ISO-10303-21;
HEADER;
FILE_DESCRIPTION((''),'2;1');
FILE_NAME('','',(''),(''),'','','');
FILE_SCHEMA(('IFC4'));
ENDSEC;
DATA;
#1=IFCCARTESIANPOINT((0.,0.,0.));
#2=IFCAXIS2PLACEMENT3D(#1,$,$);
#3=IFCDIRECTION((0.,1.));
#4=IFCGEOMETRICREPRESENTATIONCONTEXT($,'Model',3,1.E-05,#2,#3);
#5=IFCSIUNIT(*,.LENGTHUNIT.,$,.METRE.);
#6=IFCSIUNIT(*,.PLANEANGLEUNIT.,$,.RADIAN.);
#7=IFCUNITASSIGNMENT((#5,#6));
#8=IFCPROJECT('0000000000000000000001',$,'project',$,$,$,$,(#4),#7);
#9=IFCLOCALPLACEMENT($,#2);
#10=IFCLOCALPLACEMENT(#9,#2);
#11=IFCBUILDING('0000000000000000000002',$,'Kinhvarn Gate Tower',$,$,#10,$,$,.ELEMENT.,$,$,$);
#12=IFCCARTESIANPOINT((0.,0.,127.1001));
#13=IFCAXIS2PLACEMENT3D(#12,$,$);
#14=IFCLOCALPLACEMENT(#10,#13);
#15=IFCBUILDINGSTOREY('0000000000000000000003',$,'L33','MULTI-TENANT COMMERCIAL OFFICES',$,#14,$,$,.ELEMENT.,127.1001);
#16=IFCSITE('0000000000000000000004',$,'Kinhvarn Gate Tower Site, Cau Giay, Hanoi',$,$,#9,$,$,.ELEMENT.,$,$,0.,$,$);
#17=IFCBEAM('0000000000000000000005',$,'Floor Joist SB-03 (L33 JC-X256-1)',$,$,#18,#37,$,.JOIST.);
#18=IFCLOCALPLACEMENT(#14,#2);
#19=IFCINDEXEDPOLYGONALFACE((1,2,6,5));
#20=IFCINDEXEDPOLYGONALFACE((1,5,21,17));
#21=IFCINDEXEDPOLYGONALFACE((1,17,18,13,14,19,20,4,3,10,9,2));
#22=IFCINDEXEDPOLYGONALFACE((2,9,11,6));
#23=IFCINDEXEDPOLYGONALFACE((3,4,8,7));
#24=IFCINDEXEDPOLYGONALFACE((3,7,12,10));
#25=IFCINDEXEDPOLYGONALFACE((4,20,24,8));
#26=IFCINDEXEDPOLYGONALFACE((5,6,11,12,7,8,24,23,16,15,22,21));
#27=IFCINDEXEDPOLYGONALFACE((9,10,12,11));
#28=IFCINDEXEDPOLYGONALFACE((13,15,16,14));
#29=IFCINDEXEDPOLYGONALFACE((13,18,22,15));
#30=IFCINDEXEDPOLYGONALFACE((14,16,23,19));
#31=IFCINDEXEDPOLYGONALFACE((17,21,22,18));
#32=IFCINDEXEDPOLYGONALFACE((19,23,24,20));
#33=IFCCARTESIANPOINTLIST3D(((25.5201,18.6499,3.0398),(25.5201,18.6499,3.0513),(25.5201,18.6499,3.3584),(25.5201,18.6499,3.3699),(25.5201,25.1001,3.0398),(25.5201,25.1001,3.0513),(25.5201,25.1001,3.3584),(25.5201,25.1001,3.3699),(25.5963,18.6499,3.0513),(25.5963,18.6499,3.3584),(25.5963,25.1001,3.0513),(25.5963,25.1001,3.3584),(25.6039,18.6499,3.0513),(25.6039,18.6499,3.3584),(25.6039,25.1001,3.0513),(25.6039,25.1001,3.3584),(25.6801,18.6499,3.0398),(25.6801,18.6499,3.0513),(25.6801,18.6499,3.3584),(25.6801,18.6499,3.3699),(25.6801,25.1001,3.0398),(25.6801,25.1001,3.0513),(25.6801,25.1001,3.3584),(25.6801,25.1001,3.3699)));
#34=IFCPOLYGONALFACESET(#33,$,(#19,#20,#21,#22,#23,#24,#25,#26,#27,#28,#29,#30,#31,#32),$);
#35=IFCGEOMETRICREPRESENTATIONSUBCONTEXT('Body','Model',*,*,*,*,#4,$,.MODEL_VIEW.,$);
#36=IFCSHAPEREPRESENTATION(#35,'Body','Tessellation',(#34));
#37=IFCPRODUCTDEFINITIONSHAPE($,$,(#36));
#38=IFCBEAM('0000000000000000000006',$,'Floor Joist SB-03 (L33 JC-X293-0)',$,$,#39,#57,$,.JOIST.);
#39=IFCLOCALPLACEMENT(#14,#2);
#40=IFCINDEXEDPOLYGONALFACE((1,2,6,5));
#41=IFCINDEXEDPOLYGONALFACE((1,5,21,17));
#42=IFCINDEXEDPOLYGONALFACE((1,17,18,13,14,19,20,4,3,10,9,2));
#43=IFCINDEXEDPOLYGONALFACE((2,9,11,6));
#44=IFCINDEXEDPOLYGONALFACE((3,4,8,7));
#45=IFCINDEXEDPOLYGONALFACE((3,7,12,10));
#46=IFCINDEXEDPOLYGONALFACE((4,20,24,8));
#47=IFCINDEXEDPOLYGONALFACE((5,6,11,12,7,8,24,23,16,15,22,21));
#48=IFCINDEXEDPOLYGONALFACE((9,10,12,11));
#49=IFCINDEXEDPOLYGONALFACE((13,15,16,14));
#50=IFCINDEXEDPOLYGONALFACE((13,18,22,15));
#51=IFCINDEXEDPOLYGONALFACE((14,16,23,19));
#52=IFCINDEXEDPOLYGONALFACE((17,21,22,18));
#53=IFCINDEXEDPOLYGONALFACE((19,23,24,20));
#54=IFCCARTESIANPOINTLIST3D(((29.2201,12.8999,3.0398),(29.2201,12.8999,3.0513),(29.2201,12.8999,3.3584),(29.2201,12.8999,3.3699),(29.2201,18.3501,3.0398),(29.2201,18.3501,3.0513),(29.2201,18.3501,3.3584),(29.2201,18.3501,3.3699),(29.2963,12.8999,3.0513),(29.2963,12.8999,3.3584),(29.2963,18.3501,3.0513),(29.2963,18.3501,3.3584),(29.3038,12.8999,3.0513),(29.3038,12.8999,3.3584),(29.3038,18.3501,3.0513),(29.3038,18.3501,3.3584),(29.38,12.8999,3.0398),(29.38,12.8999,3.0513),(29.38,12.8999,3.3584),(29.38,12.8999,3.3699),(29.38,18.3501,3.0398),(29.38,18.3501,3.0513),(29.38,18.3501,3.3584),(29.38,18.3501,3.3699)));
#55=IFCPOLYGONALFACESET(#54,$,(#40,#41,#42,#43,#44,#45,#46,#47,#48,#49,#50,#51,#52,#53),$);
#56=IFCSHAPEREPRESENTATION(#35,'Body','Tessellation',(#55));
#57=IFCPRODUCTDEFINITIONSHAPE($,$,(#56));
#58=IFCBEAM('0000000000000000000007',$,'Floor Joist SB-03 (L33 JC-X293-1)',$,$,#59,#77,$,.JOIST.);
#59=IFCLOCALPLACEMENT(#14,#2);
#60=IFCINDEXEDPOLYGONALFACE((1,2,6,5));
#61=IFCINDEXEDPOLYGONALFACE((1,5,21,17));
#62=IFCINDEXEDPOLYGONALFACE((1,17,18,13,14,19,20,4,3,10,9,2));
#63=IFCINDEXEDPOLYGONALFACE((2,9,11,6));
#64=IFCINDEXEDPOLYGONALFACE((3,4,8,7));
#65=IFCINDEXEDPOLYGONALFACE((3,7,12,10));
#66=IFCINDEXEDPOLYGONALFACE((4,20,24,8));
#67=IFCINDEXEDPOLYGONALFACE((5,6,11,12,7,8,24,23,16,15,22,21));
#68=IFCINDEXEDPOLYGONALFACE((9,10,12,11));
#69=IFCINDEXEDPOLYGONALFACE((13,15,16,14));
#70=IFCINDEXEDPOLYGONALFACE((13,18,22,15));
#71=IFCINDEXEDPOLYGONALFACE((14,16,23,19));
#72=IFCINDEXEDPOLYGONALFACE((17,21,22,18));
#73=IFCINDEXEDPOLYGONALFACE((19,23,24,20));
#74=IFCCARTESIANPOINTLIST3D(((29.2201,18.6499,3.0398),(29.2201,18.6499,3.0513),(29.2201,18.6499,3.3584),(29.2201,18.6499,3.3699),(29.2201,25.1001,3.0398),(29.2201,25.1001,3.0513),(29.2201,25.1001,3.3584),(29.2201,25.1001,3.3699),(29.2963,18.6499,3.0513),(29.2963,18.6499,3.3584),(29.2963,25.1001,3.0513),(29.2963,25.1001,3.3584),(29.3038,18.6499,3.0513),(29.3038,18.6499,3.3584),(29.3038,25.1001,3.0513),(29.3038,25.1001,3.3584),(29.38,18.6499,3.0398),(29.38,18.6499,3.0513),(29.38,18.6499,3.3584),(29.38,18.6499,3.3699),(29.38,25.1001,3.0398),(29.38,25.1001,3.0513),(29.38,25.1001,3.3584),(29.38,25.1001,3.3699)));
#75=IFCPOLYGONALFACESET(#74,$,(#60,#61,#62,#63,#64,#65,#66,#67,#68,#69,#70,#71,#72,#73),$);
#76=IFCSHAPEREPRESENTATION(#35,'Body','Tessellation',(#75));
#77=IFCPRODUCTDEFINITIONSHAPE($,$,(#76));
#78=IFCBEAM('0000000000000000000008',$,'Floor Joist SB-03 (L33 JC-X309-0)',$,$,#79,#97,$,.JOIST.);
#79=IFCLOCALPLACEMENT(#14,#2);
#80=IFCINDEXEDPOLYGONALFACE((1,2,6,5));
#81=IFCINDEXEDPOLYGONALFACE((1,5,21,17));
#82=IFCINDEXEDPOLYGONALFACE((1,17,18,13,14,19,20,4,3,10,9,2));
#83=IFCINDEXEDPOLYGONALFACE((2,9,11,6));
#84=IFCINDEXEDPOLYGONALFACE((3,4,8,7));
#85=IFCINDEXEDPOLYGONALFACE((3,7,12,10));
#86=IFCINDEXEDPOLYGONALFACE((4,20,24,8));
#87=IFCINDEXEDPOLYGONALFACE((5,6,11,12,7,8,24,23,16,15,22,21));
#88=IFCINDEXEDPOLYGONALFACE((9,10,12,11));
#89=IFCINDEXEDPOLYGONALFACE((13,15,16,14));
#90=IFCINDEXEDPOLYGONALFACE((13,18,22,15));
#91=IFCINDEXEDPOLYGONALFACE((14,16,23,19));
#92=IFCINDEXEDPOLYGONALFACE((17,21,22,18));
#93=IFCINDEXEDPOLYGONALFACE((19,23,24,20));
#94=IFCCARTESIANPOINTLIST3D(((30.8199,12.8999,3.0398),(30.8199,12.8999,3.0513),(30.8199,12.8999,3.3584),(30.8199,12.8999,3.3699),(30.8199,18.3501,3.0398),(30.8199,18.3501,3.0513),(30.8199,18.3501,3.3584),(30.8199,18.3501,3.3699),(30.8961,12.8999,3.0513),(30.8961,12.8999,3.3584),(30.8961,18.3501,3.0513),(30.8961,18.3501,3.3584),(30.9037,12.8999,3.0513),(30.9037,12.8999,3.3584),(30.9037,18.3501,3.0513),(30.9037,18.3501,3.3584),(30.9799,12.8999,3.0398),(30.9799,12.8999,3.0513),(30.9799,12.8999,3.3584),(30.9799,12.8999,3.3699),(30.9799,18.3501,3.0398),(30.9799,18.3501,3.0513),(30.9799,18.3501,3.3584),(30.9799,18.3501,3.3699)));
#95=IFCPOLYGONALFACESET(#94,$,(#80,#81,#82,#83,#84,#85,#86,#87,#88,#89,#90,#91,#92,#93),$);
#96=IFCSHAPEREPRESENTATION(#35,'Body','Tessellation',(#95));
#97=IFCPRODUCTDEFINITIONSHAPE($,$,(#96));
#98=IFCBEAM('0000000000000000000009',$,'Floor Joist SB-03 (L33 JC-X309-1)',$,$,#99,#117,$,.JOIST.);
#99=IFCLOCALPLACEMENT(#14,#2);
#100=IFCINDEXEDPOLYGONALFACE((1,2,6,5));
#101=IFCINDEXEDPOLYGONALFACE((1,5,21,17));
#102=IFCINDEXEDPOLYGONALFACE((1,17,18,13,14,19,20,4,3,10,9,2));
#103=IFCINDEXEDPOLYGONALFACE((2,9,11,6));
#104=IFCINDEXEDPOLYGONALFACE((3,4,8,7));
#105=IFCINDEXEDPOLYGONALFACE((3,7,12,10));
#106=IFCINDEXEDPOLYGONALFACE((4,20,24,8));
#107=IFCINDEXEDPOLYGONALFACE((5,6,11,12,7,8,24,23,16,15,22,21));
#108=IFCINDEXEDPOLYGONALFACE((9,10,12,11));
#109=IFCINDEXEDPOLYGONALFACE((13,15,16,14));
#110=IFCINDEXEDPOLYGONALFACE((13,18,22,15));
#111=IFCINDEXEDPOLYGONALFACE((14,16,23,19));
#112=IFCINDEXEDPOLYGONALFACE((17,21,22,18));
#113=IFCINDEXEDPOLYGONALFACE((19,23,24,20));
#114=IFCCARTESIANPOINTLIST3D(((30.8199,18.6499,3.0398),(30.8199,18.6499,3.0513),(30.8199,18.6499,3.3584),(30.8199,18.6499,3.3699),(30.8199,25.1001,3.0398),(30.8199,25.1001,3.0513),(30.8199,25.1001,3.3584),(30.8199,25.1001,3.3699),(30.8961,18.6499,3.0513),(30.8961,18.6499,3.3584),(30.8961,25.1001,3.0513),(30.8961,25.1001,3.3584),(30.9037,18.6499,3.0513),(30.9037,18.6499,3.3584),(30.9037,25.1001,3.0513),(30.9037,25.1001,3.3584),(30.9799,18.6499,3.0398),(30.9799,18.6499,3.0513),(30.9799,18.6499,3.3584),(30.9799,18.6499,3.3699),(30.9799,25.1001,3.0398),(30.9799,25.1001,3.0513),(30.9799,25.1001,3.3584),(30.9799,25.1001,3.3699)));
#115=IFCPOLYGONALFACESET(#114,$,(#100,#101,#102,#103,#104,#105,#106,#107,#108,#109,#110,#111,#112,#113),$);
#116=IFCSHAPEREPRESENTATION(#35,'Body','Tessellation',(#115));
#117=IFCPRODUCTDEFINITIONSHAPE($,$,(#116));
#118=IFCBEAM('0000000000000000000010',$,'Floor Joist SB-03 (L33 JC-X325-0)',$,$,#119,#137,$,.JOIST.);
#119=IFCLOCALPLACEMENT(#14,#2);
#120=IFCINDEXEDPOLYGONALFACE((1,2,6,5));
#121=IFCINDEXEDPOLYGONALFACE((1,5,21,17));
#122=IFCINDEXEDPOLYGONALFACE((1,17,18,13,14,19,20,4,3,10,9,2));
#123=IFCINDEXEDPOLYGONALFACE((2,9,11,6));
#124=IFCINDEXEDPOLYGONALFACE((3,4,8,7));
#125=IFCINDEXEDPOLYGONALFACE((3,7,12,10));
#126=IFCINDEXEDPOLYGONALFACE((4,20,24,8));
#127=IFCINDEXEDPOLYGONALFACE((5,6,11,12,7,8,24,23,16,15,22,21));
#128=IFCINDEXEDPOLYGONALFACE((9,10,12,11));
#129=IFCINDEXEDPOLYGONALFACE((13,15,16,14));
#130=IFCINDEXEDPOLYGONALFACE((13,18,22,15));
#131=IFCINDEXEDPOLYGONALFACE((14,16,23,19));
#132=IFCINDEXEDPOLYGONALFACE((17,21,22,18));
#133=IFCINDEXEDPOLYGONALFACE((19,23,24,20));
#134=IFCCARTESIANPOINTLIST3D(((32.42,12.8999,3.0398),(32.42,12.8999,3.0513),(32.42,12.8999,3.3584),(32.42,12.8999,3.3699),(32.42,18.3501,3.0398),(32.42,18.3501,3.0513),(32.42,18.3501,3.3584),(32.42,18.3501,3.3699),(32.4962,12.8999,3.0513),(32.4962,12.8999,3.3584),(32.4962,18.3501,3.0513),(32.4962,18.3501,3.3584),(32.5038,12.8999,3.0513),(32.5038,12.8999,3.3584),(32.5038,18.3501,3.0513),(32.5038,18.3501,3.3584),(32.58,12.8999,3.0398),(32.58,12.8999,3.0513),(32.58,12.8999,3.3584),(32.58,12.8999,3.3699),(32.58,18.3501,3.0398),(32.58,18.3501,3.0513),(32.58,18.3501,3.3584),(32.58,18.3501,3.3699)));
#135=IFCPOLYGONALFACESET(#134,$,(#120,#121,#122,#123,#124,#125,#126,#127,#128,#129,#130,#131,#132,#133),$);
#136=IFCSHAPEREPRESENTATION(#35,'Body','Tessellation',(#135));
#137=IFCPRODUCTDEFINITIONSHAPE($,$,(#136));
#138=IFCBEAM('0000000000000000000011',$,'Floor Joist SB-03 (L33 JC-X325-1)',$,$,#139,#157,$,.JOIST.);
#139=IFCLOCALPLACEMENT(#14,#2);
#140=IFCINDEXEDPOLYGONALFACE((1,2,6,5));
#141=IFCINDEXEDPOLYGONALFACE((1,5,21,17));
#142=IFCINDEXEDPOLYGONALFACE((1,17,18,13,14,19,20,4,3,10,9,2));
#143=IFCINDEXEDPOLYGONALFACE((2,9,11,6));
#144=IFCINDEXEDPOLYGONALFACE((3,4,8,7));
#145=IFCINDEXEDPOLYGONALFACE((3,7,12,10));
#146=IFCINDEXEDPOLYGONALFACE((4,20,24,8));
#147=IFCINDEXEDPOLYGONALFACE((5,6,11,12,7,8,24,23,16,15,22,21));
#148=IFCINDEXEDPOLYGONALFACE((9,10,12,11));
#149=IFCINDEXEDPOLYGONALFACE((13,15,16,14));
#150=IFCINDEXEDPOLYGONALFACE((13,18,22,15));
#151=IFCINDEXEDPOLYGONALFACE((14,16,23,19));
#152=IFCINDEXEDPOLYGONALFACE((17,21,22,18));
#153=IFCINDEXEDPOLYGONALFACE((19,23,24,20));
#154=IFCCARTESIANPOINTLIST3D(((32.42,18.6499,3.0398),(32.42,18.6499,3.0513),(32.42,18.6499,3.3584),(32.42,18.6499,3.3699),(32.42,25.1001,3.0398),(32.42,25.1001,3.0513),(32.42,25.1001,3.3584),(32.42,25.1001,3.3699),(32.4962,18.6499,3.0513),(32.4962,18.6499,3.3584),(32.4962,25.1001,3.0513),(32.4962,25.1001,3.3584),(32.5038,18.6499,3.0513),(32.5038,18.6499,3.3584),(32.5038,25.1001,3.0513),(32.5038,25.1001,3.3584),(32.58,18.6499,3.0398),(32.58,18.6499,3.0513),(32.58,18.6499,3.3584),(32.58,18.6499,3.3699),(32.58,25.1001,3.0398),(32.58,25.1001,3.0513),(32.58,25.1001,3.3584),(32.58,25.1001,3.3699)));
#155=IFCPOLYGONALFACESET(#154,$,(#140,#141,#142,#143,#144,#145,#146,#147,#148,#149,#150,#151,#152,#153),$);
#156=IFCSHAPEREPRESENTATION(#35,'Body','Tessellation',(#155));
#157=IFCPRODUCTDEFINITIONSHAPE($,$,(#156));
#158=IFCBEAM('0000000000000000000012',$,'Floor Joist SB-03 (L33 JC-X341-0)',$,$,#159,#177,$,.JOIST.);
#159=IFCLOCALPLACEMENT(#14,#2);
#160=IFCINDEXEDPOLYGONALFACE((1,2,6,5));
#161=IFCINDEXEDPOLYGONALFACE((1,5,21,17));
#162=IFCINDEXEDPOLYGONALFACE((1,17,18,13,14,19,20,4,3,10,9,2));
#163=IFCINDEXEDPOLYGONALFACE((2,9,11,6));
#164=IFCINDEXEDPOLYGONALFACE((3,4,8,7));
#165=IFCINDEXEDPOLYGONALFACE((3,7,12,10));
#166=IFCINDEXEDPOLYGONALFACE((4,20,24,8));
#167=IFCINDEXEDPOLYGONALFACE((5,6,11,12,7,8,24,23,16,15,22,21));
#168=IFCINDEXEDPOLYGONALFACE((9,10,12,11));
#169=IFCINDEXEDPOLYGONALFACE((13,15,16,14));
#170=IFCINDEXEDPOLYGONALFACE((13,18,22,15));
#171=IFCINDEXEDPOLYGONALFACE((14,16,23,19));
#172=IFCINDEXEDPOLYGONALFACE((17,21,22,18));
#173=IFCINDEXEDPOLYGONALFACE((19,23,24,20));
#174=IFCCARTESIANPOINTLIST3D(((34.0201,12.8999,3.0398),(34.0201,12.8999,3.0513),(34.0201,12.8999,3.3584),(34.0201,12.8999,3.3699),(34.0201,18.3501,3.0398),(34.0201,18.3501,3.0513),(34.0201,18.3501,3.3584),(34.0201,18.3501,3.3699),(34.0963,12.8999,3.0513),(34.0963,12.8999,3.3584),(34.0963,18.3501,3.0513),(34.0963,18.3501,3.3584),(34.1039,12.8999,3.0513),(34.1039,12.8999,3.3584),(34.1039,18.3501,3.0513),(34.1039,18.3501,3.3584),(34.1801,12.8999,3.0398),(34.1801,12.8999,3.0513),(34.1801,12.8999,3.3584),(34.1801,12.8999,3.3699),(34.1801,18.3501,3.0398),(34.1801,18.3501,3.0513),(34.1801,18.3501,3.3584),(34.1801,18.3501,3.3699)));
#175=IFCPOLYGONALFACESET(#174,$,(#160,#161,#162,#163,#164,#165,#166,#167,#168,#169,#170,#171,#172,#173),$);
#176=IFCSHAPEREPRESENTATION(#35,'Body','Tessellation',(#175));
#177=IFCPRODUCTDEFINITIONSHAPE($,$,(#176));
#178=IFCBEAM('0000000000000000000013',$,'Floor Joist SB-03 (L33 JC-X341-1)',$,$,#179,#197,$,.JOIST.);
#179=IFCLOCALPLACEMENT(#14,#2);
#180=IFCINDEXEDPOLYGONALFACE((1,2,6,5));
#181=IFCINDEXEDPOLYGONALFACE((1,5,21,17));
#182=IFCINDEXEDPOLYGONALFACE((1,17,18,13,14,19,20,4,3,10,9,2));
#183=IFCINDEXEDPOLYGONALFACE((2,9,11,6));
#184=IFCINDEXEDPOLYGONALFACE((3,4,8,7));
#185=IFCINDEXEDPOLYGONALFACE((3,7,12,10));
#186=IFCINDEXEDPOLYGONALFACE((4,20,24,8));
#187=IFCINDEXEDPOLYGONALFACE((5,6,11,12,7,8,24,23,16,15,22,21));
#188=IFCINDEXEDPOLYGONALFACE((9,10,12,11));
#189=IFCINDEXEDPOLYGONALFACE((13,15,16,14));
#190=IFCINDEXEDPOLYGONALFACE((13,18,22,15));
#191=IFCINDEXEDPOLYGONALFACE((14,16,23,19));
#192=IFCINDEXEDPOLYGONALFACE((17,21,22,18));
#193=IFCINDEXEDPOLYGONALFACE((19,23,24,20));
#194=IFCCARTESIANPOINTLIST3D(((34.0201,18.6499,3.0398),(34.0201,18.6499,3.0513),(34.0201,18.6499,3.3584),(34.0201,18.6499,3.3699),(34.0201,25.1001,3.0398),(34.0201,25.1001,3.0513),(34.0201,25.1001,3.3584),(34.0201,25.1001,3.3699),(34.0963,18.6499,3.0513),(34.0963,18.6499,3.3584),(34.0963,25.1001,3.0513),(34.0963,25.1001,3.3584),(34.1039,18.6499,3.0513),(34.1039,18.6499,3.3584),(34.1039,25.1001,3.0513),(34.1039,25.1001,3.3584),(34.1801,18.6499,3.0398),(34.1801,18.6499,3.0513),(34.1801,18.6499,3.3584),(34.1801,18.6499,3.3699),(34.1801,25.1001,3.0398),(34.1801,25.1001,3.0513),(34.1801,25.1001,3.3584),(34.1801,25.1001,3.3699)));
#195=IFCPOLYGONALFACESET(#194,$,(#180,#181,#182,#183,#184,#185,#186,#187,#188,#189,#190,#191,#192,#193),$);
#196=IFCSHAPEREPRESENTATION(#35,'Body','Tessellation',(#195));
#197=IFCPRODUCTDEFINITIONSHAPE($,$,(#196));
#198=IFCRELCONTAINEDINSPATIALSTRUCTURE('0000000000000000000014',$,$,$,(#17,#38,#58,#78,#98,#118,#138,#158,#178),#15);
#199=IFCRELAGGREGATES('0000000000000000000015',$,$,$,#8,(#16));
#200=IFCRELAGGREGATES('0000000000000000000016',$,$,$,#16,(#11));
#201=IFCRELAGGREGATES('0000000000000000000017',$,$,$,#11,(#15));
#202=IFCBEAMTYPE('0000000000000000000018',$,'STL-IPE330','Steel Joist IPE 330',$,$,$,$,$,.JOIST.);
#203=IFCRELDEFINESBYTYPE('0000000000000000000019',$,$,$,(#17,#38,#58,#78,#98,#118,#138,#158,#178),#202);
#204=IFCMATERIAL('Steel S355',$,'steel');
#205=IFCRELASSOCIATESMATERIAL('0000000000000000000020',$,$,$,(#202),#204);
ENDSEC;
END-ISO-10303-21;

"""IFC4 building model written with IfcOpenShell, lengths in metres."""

from ifc_helpers import new_model, si_unit, direction, frame, origin, origin_2d, place, context, subcontext, project, spatial, i_section, extrude, material, material_profile, profile_set, type_object, element, save


model = new_model("IFC4")

# Units and contexts
model_context = context("Model", 3, precision=1e-05, world=origin(), true_north=direction((0.0, 1.0)))
body_context = subcontext(model_context, "Body", "Model", "MODEL_VIEW")
ifc_project = project(units=[si_unit("LENGTHUNIT", "METRE"), si_unit("PLANEANGLEUNIT", "RADIAN")], contexts=[model_context])

# Site, building, storey
site_placement = place(None, origin())
site = spatial("IfcSite", under=ifc_project, at=site_placement, Name="Kinhvarn Gate Tower Site, Cau Giay, Hanoi", CompositionType="ELEMENT", RefElevation=0.0)
building_placement = place(site_placement, origin())
building = spatial("IfcBuilding", under=site, at=building_placement, Name="Kinhvarn Gate Tower", CompositionType="ELEMENT")
storey_placement = place(building_placement, frame((0.0, 0.0, 127.1001)))
storey = spatial("IfcBuildingStorey", under=building, at=storey_placement, Name="L33", Description="MULTI-TENANT COMMERCIAL OFFICES", CompositionType="ELEMENT", Elevation=127.1001)

# Beams
ifc_material_1 = material(Name="Steel S355", Category="steel")
ifc_material_profile_1 = material_profile(ifc_material_1, i_section(OverallWidth=0.1599, OverallDepth=0.3301, WebThickness=0.0076, FlangeThickness=0.0115, at=origin_2d()), Name="IPE 330")
ifc_profile_set_1 = profile_set([ifc_material_profile_1], Name="Steel S355")
beam_type_1 = type_object("IfcBeamType", Name="STL-IPE330", Description="Steel Joist IPE 330", PredefinedType="JOIST", material=ifc_profile_set_1)
beam_1_placement = place(storey_placement, frame((25.6001, 18.6499, 3.2048), z_axis=(0.0, 1.0, 0.0), x_axis=(-1.0, 0.0, 0.0)))
element("IfcBeam", 1, at=beam_1_placement, inside=storey, type_object=beam_type_1, Name="Floor Joist SB-03 (L33 JC-X256-1)", PredefinedType="JOIST", context=body_context, shape_type="SweptSolid", body=[
    extrude(i_section(OverallWidth=0.1599, OverallDepth=0.3301, WebThickness=0.0076, FlangeThickness=0.0115, at=origin_2d()), origin(), (0.0, 0.0, 1.0), 6.4502),
])
beam_2_placement = place(storey_placement, frame((29.3, 12.8999, 3.2048), z_axis=(0.0, 1.0, 0.0), x_axis=(-1.0, 0.0, 0.0)))
element("IfcBeam", 2, at=beam_2_placement, inside=storey, type_object=beam_type_1, Name="Floor Joist SB-03 (L33 JC-X293-0)", PredefinedType="JOIST", context=body_context, shape_type="SweptSolid", body=[
    extrude(i_section(OverallWidth=0.1599, OverallDepth=0.3301, WebThickness=0.0076, FlangeThickness=0.0115, at=origin_2d()), origin(), (0.0, 0.0, 1.0), 5.4502),
])
beam_3_placement = place(storey_placement, frame((29.3, 18.6499, 3.2048), z_axis=(0.0, 1.0, 0.0), x_axis=(-1.0, 0.0, 0.0)))
element("IfcBeam", 3, at=beam_3_placement, inside=storey, type_object=beam_type_1, Name="Floor Joist SB-03 (L33 JC-X293-1)", PredefinedType="JOIST", context=body_context, shape_type="SweptSolid", body=[
    extrude(i_section(OverallWidth=0.1599, OverallDepth=0.3301, WebThickness=0.0076, FlangeThickness=0.0115, at=origin_2d()), origin(), (0.0, 0.0, 1.0), 6.4502),
])
beam_4_placement = place(storey_placement, frame((30.8999, 12.8999, 3.2048), z_axis=(0.0, 1.0, 0.0), x_axis=(-1.0, 0.0, 0.0)))
element("IfcBeam", 4, at=beam_4_placement, inside=storey, type_object=beam_type_1, Name="Floor Joist SB-03 (L33 JC-X309-0)", PredefinedType="JOIST", context=body_context, shape_type="SweptSolid", body=[
    extrude(i_section(OverallWidth=0.1599, OverallDepth=0.3301, WebThickness=0.0076, FlangeThickness=0.0115, at=origin_2d()), origin(), (0.0, 0.0, 1.0), 5.4502),
])
beam_5_placement = place(storey_placement, frame((30.8999, 18.6499, 3.2048), z_axis=(0.0, 1.0, 0.0), x_axis=(-1.0, 0.0, 0.0)))
element("IfcBeam", 5, at=beam_5_placement, inside=storey, type_object=beam_type_1, Name="Floor Joist SB-03 (L33 JC-X309-1)", PredefinedType="JOIST", context=body_context, shape_type="SweptSolid", body=[
    extrude(i_section(OverallWidth=0.1599, OverallDepth=0.3301, WebThickness=0.0076, FlangeThickness=0.0115, at=origin_2d()), origin(), (0.0, 0.0, 1.0), 6.4502),
])
beam_6_placement = place(storey_placement, frame((32.5, 12.8999, 3.2048), z_axis=(0.0, 1.0, 0.0), x_axis=(-1.0, 0.0, 0.0)))
element("IfcBeam", 6, at=beam_6_placement, inside=storey, type_object=beam_type_1, Name="Floor Joist SB-03 (L33 JC-X325-0)", PredefinedType="JOIST", context=body_context, shape_type="SweptSolid", body=[
    extrude(i_section(OverallWidth=0.1599, OverallDepth=0.3301, WebThickness=0.0076, FlangeThickness=0.0115, at=origin_2d()), origin(), (0.0, 0.0, 1.0), 5.4502),
])
beam_7_placement = place(storey_placement, frame((32.5, 18.6499, 3.2048), z_axis=(0.0, 1.0, 0.0), x_axis=(-1.0, 0.0, 0.0)))
element("IfcBeam", 7, at=beam_7_placement, inside=storey, type_object=beam_type_1, Name="Floor Joist SB-03 (L33 JC-X325-1)", PredefinedType="JOIST", context=body_context, shape_type="SweptSolid", body=[
    extrude(i_section(OverallWidth=0.1599, OverallDepth=0.3301, WebThickness=0.0076, FlangeThickness=0.0115, at=origin_2d()), origin(), (0.0, 0.0, 1.0), 6.4502),
])
beam_8_placement = place(storey_placement, frame((34.1001, 12.8999, 3.2048), z_axis=(0.0, 1.0, 0.0), x_axis=(-1.0, 0.0, 0.0)))
element("IfcBeam", 8, at=beam_8_placement, inside=storey, type_object=beam_type_1, Name="Floor Joist SB-03 (L33 JC-X341-0)", PredefinedType="JOIST", context=body_context, shape_type="SweptSolid", body=[
    extrude(i_section(OverallWidth=0.1599, OverallDepth=0.3301, WebThickness=0.0076, FlangeThickness=0.0115, at=origin_2d()), origin(), (0.0, 0.0, 1.0), 5.4502),
])
beam_9_placement = place(storey_placement, frame((34.1001, 18.6499, 3.2048), z_axis=(0.0, 1.0, 0.0), x_axis=(-1.0, 0.0, 0.0)))
element("IfcBeam", 9, at=beam_9_placement, inside=storey, type_object=beam_type_1, Name="Floor Joist SB-03 (L33 JC-X341-1)", PredefinedType="JOIST", context=body_context, shape_type="SweptSolid", body=[
    extrude(i_section(OverallWidth=0.1599, OverallDepth=0.3301, WebThickness=0.0076, FlangeThickness=0.0115, at=origin_2d()), origin(), (0.0, 0.0, 1.0), 6.4502),
])

save(model, "model.ifc")
